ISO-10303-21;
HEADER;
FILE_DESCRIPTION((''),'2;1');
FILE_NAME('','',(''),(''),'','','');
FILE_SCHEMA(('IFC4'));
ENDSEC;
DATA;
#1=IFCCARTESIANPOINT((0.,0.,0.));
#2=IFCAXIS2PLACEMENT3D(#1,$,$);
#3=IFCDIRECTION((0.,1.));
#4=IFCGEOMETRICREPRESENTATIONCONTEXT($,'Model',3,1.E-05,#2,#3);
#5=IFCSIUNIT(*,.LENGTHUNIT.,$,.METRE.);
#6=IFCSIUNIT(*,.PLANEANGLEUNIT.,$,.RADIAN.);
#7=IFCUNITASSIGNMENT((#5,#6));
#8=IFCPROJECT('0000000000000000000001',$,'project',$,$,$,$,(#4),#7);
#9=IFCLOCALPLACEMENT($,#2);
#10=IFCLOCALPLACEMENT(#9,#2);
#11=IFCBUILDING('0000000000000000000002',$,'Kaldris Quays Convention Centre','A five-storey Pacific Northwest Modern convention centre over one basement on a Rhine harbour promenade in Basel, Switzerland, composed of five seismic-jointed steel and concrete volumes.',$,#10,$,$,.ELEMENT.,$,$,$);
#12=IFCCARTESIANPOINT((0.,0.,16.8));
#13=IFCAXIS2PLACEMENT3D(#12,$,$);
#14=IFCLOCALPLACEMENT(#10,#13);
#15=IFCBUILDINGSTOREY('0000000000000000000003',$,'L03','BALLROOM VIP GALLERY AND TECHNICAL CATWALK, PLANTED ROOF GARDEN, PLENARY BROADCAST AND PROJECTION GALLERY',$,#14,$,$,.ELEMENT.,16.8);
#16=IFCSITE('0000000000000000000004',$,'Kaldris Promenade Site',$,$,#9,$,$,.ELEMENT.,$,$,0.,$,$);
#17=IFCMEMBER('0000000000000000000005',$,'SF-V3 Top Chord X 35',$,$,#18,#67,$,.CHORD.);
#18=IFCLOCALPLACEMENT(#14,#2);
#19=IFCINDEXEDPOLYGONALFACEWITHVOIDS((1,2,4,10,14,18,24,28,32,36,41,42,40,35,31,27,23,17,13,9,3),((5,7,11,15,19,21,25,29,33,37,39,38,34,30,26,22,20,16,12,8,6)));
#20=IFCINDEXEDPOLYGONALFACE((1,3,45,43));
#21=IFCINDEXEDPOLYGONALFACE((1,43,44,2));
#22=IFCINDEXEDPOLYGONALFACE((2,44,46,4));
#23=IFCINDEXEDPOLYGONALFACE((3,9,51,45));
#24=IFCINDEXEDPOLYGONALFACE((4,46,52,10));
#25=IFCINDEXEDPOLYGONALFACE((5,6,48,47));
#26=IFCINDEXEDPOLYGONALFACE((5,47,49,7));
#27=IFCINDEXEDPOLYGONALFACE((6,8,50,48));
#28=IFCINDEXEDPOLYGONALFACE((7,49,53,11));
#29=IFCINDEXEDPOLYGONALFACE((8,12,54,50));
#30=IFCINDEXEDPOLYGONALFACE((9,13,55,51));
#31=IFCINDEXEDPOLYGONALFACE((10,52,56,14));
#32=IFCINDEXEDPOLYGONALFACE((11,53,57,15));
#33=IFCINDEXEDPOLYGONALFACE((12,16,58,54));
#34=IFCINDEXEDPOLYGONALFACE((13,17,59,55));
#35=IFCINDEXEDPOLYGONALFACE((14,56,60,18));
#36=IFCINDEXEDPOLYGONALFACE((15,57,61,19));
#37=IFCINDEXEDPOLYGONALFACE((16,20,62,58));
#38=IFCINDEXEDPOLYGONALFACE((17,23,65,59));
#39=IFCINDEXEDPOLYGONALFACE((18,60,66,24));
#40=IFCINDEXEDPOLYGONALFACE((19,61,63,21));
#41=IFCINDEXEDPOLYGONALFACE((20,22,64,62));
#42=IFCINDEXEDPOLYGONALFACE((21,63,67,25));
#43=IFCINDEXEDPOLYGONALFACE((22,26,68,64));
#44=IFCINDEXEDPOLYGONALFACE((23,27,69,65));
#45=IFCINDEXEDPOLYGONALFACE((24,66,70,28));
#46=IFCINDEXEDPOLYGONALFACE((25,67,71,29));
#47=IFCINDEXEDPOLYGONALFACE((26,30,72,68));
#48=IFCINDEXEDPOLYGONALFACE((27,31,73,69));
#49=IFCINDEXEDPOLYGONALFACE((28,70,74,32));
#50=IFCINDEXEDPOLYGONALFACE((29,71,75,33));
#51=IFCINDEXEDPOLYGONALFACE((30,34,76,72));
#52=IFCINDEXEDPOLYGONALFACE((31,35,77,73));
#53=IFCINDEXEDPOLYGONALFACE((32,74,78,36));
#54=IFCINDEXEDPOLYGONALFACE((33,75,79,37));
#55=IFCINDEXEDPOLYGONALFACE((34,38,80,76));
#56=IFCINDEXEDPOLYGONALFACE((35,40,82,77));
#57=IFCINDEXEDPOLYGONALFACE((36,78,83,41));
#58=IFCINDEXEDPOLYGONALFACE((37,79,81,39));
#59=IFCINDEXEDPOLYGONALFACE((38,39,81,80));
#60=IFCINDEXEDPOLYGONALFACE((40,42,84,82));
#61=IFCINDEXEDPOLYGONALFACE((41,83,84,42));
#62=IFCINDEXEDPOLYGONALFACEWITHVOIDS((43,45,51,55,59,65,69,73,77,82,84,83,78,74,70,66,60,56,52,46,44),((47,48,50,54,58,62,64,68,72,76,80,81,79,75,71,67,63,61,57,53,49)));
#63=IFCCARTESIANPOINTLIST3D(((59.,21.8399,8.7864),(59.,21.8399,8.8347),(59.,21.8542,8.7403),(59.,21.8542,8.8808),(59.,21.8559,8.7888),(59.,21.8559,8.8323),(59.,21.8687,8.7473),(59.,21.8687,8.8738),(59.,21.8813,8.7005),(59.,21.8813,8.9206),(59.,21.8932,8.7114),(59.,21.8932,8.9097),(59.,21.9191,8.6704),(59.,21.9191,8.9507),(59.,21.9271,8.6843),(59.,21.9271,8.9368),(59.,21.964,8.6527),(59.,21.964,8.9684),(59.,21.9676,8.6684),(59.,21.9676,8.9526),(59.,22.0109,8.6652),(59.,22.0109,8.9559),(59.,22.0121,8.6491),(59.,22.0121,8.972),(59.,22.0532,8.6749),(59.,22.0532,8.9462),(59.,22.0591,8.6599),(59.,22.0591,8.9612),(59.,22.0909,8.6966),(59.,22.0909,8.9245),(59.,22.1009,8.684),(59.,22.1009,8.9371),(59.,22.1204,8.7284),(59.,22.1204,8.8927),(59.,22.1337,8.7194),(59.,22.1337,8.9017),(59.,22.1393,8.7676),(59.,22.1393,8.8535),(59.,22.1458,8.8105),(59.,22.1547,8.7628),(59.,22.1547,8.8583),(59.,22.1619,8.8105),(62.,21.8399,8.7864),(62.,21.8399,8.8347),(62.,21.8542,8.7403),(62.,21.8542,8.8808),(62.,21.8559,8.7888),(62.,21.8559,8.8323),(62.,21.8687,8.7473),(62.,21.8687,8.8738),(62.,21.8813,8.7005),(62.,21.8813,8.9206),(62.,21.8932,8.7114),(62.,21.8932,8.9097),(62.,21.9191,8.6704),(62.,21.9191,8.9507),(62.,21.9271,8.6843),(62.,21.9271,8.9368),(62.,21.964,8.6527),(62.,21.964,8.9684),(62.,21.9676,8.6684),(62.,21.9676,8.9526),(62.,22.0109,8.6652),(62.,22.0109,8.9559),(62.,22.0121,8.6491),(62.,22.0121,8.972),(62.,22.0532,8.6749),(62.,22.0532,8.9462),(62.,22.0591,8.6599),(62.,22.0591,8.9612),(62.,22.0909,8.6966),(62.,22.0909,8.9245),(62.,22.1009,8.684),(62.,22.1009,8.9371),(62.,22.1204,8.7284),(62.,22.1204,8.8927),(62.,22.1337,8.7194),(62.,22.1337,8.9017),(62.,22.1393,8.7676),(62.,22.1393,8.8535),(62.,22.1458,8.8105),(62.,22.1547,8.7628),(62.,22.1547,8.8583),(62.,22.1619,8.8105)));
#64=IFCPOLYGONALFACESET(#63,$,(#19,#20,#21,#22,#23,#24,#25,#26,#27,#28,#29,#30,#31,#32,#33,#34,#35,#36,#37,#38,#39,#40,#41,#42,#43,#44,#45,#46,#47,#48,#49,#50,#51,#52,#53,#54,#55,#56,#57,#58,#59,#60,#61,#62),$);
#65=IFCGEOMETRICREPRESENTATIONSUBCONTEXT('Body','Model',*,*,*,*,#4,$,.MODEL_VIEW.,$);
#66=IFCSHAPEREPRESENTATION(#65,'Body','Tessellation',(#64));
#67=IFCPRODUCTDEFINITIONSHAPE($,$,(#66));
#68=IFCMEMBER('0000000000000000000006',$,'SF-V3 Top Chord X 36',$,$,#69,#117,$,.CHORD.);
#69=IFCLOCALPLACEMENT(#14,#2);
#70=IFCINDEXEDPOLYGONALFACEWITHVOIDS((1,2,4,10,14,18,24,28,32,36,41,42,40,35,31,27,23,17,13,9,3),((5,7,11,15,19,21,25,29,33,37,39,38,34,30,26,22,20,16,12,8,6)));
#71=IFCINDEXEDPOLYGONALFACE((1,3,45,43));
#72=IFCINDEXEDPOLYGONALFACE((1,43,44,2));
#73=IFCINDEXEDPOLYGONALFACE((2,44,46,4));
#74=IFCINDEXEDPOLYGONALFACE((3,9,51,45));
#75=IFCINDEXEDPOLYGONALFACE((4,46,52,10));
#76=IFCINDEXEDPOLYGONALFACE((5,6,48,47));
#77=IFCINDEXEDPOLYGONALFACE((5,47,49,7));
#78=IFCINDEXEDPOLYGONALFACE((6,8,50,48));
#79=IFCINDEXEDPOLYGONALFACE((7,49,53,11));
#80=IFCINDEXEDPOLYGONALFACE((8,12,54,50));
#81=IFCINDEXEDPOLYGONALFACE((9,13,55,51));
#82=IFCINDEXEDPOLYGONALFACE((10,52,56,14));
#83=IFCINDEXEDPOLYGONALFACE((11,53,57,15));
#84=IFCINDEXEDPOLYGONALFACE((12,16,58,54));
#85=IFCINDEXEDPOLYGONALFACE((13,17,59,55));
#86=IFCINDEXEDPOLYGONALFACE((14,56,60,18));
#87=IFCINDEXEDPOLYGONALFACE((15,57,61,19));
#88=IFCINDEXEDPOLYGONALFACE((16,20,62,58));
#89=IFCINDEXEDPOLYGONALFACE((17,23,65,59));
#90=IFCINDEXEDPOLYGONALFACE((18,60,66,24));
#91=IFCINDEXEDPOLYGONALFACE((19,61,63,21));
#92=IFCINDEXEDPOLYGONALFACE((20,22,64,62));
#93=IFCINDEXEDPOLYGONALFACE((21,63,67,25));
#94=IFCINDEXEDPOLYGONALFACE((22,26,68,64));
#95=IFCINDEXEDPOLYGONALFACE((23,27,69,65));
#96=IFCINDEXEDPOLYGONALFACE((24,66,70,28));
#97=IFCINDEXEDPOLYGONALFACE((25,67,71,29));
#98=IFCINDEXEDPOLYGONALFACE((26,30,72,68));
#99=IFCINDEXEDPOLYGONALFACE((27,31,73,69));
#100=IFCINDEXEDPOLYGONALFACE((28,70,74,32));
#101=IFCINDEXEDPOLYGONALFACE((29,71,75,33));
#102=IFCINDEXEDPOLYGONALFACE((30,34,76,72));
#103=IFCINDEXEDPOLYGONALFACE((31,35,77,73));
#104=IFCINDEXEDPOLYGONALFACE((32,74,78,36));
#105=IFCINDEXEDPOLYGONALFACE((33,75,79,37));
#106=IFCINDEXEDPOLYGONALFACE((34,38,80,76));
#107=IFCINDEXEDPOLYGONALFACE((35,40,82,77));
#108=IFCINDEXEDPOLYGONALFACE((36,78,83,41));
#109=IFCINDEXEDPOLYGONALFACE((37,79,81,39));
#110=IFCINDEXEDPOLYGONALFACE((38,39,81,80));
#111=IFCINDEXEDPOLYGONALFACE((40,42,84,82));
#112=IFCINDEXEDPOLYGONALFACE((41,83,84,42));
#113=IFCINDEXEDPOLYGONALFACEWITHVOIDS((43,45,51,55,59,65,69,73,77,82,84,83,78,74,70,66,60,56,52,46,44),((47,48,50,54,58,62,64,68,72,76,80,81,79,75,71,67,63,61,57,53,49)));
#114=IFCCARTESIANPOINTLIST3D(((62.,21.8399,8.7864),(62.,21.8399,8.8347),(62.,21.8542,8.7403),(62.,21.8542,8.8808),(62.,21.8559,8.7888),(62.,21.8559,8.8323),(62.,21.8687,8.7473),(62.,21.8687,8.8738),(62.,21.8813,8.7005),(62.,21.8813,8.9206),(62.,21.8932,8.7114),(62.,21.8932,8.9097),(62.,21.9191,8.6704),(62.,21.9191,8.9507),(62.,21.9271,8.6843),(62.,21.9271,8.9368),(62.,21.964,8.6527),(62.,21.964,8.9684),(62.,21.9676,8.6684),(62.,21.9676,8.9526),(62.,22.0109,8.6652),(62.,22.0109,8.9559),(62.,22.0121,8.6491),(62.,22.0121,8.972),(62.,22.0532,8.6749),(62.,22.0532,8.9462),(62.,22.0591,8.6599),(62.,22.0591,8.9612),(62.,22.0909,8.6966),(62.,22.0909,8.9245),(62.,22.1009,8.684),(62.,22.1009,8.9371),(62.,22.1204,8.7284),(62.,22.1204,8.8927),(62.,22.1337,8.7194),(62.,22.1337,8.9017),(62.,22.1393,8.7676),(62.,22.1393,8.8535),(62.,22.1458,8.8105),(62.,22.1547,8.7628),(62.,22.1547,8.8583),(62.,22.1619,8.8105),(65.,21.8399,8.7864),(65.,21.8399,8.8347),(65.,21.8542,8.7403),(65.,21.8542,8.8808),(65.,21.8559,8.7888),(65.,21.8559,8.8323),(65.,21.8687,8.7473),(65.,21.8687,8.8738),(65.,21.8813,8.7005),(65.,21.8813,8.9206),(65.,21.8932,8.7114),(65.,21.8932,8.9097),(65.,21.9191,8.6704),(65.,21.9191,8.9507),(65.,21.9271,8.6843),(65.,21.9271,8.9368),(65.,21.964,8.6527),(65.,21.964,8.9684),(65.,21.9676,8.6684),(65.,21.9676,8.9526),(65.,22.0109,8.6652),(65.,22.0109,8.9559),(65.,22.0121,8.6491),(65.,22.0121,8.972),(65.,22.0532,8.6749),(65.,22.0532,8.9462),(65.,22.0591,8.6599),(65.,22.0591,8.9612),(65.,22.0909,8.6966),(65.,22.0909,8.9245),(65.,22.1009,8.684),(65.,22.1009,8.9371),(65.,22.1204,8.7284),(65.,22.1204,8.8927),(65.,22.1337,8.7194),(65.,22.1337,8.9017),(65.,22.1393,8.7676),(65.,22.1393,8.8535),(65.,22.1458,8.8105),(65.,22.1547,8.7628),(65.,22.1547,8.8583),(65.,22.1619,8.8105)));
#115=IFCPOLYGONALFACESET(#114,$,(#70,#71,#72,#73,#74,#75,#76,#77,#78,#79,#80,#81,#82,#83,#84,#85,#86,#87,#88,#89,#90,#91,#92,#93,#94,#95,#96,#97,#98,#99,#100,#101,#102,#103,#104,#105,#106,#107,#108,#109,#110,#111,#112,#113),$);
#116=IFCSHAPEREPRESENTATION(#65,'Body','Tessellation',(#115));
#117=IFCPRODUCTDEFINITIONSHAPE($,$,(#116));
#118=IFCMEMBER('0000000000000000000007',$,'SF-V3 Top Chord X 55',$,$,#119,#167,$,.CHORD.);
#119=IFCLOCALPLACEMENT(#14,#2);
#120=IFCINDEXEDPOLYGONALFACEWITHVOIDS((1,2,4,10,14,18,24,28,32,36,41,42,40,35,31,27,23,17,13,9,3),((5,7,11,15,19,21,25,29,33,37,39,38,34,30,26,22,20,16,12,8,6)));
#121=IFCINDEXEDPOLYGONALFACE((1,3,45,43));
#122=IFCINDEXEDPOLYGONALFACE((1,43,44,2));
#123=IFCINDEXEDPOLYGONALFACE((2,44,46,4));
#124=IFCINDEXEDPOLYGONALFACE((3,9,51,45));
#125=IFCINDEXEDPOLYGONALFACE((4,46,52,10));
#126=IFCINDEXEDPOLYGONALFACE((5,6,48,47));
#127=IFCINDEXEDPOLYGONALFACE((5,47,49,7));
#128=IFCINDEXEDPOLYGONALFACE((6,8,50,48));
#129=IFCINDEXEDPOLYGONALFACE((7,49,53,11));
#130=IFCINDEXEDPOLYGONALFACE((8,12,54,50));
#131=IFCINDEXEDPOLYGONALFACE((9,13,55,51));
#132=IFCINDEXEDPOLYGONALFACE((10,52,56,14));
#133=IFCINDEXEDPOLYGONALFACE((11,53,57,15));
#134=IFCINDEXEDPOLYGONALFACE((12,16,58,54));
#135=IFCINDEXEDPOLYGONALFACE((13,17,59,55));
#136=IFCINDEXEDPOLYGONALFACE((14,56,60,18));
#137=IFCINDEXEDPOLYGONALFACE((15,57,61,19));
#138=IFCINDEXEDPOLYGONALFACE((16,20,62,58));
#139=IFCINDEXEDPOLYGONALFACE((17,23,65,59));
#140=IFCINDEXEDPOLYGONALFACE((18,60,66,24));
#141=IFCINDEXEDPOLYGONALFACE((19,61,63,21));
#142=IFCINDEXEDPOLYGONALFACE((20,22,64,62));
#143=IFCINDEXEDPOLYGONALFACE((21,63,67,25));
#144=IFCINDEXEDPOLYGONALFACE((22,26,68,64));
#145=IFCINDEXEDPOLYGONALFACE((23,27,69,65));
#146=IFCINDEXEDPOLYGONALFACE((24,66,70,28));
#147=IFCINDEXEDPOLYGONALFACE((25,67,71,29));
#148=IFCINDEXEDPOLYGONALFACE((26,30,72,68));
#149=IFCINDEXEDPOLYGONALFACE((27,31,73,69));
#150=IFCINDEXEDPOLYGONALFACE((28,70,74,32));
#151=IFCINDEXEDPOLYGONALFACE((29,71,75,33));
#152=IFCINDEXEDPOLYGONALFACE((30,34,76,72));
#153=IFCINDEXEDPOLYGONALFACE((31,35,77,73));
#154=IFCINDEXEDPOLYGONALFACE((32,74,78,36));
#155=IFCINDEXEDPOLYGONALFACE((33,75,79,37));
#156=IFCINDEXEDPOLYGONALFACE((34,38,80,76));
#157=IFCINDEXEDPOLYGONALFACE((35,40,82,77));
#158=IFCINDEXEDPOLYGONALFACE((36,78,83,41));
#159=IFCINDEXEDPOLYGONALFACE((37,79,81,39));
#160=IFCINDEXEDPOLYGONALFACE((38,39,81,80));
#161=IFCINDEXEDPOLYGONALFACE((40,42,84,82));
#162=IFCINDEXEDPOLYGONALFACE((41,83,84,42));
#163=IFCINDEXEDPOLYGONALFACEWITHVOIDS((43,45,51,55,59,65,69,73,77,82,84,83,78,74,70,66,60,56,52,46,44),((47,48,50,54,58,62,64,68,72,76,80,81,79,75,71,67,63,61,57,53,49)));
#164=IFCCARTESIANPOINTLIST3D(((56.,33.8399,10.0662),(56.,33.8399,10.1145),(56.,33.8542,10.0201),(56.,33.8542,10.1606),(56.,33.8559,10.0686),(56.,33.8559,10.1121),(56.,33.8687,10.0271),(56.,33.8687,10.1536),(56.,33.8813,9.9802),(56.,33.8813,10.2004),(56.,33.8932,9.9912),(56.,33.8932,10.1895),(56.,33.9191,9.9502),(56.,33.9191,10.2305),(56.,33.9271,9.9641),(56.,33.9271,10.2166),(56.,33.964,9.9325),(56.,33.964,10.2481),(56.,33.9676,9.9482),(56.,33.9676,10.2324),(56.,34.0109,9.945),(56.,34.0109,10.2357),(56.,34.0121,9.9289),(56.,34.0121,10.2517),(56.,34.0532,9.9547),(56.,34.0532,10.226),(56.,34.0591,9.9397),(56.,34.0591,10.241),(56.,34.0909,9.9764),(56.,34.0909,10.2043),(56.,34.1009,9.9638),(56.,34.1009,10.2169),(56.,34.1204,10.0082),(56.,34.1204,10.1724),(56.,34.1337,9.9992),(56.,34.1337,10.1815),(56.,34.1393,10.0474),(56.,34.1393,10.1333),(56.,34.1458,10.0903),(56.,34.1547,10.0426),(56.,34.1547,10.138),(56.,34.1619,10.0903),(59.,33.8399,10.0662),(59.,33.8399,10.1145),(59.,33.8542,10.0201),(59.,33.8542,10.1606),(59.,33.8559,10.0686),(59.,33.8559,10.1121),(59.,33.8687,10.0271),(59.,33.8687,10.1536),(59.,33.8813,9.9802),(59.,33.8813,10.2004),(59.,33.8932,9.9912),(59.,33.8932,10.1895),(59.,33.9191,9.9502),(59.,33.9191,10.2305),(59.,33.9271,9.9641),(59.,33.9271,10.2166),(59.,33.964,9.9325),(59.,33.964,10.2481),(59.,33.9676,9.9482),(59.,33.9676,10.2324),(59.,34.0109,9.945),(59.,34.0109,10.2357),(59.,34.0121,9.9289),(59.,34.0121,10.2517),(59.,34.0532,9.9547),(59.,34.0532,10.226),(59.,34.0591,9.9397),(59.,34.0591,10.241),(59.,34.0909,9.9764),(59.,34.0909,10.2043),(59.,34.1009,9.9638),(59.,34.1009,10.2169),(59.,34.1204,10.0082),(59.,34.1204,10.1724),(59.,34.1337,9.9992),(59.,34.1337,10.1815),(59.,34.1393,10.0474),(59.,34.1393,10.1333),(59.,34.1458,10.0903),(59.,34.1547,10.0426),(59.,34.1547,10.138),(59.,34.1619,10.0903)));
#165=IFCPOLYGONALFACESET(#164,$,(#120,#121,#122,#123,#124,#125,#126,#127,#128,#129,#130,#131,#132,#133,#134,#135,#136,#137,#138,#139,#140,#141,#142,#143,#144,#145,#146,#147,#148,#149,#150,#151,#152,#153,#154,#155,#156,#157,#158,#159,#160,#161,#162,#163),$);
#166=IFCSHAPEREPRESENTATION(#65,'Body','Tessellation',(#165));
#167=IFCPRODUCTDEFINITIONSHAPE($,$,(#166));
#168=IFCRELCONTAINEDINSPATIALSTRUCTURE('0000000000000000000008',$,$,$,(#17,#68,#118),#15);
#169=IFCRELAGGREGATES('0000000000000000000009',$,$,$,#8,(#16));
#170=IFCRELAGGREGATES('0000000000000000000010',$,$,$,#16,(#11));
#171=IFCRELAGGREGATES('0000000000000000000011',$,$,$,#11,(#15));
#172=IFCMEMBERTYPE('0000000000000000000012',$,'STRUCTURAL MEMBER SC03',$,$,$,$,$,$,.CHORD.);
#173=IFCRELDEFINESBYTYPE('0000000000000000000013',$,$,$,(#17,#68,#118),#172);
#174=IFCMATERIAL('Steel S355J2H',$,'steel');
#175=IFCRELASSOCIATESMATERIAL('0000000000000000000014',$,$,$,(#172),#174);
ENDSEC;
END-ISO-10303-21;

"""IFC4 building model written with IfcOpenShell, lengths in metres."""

from ifc_helpers import new_model, si_unit, direction, frame, origin, origin_2d, place, context, subcontext, project, spatial, hollow_circle, extrude, material, material_profile, profile_set, type_object, element, save


model = new_model("IFC4")

# Units and contexts
model_context = context("Model", 3, precision=1e-05, world=origin(), true_north=direction((0.0, 1.0)))
body_context = subcontext(model_context, "Body", "Model", "MODEL_VIEW")
ifc_project = project(units=[si_unit("LENGTHUNIT", "METRE"), si_unit("PLANEANGLEUNIT", "RADIAN")], contexts=[model_context])

# Site, building, storey
site_placement = place(None, origin())
site = spatial("IfcSite", under=ifc_project, at=site_placement, Name="Kaldris Promenade Site", CompositionType="ELEMENT", RefElevation=0.0)
building_placement = place(site_placement, origin())
building = spatial("IfcBuilding", under=site, at=building_placement, Name="Kaldris Quays Convention Centre", Description="A five-storey Pacific Northwest Modern convention centre over one basement on a Rhine harbour promenade in Basel, Switzerland, composed of five seismic-jointed steel and concrete volumes.", CompositionType="ELEMENT")
storey_placement = place(building_placement, frame((0.0, 0.0, 16.8)))
storey = spatial("IfcBuildingStorey", under=building, at=storey_placement, Name="L03", Description="BALLROOM VIP GALLERY AND TECHNICAL CATWALK, PLANTED ROOF GARDEN, PLENARY BROADCAST AND PROJECTION GALLERY", CompositionType="ELEMENT", Elevation=16.8)

# Members
ifc_material_1 = material(Name="Steel S355J2H", Category="steel")
ifc_material_profile_1 = material_profile(ifc_material_1, hollow_circle(Radius=0.1619, WallThickness=0.0161, at=origin_2d()), Name="CHS 323.9x16")
ifc_profile_set_1 = profile_set([ifc_material_profile_1], Name="Steel S355J2H")
member_type_1 = type_object("IfcMemberType", Name="STRUCTURAL MEMBER SC03", PredefinedType="CHORD", material=ifc_profile_set_1)
for number, where, z_axis, x_axis, name in (
    (1, (59.0, 22.0, 8.8105), (1.0, 0.0, 0.0), (0.0, 1.0, 0.0), "SF-V3 Top Chord X 35"),
    (2, (62.0, 22.0, 8.8105), (1.0, 0.0, 0.0), (0.0, 1.0, 0.0), "SF-V3 Top Chord X 36"),
    (3, (56.0, 34.0, 10.0903), (1.0, 0.0, 0.0), (0.0, 1.0, 0.0), "SF-V3 Top Chord X 55"),
):
    element("IfcMember", number, at=place(storey_placement, frame(where, z_axis=z_axis, x_axis=x_axis)), inside=storey, type_object=member_type_1, Name=name, PredefinedType="CHORD", context=body_context, shape_type="SweptSolid", body=[
        extrude(hollow_circle(Radius=0.1619, WallThickness=0.0161, at=origin_2d()), origin(), (0.0, 0.0, 1.0), 3.0),
    ])

save(model, "model.ifc")
